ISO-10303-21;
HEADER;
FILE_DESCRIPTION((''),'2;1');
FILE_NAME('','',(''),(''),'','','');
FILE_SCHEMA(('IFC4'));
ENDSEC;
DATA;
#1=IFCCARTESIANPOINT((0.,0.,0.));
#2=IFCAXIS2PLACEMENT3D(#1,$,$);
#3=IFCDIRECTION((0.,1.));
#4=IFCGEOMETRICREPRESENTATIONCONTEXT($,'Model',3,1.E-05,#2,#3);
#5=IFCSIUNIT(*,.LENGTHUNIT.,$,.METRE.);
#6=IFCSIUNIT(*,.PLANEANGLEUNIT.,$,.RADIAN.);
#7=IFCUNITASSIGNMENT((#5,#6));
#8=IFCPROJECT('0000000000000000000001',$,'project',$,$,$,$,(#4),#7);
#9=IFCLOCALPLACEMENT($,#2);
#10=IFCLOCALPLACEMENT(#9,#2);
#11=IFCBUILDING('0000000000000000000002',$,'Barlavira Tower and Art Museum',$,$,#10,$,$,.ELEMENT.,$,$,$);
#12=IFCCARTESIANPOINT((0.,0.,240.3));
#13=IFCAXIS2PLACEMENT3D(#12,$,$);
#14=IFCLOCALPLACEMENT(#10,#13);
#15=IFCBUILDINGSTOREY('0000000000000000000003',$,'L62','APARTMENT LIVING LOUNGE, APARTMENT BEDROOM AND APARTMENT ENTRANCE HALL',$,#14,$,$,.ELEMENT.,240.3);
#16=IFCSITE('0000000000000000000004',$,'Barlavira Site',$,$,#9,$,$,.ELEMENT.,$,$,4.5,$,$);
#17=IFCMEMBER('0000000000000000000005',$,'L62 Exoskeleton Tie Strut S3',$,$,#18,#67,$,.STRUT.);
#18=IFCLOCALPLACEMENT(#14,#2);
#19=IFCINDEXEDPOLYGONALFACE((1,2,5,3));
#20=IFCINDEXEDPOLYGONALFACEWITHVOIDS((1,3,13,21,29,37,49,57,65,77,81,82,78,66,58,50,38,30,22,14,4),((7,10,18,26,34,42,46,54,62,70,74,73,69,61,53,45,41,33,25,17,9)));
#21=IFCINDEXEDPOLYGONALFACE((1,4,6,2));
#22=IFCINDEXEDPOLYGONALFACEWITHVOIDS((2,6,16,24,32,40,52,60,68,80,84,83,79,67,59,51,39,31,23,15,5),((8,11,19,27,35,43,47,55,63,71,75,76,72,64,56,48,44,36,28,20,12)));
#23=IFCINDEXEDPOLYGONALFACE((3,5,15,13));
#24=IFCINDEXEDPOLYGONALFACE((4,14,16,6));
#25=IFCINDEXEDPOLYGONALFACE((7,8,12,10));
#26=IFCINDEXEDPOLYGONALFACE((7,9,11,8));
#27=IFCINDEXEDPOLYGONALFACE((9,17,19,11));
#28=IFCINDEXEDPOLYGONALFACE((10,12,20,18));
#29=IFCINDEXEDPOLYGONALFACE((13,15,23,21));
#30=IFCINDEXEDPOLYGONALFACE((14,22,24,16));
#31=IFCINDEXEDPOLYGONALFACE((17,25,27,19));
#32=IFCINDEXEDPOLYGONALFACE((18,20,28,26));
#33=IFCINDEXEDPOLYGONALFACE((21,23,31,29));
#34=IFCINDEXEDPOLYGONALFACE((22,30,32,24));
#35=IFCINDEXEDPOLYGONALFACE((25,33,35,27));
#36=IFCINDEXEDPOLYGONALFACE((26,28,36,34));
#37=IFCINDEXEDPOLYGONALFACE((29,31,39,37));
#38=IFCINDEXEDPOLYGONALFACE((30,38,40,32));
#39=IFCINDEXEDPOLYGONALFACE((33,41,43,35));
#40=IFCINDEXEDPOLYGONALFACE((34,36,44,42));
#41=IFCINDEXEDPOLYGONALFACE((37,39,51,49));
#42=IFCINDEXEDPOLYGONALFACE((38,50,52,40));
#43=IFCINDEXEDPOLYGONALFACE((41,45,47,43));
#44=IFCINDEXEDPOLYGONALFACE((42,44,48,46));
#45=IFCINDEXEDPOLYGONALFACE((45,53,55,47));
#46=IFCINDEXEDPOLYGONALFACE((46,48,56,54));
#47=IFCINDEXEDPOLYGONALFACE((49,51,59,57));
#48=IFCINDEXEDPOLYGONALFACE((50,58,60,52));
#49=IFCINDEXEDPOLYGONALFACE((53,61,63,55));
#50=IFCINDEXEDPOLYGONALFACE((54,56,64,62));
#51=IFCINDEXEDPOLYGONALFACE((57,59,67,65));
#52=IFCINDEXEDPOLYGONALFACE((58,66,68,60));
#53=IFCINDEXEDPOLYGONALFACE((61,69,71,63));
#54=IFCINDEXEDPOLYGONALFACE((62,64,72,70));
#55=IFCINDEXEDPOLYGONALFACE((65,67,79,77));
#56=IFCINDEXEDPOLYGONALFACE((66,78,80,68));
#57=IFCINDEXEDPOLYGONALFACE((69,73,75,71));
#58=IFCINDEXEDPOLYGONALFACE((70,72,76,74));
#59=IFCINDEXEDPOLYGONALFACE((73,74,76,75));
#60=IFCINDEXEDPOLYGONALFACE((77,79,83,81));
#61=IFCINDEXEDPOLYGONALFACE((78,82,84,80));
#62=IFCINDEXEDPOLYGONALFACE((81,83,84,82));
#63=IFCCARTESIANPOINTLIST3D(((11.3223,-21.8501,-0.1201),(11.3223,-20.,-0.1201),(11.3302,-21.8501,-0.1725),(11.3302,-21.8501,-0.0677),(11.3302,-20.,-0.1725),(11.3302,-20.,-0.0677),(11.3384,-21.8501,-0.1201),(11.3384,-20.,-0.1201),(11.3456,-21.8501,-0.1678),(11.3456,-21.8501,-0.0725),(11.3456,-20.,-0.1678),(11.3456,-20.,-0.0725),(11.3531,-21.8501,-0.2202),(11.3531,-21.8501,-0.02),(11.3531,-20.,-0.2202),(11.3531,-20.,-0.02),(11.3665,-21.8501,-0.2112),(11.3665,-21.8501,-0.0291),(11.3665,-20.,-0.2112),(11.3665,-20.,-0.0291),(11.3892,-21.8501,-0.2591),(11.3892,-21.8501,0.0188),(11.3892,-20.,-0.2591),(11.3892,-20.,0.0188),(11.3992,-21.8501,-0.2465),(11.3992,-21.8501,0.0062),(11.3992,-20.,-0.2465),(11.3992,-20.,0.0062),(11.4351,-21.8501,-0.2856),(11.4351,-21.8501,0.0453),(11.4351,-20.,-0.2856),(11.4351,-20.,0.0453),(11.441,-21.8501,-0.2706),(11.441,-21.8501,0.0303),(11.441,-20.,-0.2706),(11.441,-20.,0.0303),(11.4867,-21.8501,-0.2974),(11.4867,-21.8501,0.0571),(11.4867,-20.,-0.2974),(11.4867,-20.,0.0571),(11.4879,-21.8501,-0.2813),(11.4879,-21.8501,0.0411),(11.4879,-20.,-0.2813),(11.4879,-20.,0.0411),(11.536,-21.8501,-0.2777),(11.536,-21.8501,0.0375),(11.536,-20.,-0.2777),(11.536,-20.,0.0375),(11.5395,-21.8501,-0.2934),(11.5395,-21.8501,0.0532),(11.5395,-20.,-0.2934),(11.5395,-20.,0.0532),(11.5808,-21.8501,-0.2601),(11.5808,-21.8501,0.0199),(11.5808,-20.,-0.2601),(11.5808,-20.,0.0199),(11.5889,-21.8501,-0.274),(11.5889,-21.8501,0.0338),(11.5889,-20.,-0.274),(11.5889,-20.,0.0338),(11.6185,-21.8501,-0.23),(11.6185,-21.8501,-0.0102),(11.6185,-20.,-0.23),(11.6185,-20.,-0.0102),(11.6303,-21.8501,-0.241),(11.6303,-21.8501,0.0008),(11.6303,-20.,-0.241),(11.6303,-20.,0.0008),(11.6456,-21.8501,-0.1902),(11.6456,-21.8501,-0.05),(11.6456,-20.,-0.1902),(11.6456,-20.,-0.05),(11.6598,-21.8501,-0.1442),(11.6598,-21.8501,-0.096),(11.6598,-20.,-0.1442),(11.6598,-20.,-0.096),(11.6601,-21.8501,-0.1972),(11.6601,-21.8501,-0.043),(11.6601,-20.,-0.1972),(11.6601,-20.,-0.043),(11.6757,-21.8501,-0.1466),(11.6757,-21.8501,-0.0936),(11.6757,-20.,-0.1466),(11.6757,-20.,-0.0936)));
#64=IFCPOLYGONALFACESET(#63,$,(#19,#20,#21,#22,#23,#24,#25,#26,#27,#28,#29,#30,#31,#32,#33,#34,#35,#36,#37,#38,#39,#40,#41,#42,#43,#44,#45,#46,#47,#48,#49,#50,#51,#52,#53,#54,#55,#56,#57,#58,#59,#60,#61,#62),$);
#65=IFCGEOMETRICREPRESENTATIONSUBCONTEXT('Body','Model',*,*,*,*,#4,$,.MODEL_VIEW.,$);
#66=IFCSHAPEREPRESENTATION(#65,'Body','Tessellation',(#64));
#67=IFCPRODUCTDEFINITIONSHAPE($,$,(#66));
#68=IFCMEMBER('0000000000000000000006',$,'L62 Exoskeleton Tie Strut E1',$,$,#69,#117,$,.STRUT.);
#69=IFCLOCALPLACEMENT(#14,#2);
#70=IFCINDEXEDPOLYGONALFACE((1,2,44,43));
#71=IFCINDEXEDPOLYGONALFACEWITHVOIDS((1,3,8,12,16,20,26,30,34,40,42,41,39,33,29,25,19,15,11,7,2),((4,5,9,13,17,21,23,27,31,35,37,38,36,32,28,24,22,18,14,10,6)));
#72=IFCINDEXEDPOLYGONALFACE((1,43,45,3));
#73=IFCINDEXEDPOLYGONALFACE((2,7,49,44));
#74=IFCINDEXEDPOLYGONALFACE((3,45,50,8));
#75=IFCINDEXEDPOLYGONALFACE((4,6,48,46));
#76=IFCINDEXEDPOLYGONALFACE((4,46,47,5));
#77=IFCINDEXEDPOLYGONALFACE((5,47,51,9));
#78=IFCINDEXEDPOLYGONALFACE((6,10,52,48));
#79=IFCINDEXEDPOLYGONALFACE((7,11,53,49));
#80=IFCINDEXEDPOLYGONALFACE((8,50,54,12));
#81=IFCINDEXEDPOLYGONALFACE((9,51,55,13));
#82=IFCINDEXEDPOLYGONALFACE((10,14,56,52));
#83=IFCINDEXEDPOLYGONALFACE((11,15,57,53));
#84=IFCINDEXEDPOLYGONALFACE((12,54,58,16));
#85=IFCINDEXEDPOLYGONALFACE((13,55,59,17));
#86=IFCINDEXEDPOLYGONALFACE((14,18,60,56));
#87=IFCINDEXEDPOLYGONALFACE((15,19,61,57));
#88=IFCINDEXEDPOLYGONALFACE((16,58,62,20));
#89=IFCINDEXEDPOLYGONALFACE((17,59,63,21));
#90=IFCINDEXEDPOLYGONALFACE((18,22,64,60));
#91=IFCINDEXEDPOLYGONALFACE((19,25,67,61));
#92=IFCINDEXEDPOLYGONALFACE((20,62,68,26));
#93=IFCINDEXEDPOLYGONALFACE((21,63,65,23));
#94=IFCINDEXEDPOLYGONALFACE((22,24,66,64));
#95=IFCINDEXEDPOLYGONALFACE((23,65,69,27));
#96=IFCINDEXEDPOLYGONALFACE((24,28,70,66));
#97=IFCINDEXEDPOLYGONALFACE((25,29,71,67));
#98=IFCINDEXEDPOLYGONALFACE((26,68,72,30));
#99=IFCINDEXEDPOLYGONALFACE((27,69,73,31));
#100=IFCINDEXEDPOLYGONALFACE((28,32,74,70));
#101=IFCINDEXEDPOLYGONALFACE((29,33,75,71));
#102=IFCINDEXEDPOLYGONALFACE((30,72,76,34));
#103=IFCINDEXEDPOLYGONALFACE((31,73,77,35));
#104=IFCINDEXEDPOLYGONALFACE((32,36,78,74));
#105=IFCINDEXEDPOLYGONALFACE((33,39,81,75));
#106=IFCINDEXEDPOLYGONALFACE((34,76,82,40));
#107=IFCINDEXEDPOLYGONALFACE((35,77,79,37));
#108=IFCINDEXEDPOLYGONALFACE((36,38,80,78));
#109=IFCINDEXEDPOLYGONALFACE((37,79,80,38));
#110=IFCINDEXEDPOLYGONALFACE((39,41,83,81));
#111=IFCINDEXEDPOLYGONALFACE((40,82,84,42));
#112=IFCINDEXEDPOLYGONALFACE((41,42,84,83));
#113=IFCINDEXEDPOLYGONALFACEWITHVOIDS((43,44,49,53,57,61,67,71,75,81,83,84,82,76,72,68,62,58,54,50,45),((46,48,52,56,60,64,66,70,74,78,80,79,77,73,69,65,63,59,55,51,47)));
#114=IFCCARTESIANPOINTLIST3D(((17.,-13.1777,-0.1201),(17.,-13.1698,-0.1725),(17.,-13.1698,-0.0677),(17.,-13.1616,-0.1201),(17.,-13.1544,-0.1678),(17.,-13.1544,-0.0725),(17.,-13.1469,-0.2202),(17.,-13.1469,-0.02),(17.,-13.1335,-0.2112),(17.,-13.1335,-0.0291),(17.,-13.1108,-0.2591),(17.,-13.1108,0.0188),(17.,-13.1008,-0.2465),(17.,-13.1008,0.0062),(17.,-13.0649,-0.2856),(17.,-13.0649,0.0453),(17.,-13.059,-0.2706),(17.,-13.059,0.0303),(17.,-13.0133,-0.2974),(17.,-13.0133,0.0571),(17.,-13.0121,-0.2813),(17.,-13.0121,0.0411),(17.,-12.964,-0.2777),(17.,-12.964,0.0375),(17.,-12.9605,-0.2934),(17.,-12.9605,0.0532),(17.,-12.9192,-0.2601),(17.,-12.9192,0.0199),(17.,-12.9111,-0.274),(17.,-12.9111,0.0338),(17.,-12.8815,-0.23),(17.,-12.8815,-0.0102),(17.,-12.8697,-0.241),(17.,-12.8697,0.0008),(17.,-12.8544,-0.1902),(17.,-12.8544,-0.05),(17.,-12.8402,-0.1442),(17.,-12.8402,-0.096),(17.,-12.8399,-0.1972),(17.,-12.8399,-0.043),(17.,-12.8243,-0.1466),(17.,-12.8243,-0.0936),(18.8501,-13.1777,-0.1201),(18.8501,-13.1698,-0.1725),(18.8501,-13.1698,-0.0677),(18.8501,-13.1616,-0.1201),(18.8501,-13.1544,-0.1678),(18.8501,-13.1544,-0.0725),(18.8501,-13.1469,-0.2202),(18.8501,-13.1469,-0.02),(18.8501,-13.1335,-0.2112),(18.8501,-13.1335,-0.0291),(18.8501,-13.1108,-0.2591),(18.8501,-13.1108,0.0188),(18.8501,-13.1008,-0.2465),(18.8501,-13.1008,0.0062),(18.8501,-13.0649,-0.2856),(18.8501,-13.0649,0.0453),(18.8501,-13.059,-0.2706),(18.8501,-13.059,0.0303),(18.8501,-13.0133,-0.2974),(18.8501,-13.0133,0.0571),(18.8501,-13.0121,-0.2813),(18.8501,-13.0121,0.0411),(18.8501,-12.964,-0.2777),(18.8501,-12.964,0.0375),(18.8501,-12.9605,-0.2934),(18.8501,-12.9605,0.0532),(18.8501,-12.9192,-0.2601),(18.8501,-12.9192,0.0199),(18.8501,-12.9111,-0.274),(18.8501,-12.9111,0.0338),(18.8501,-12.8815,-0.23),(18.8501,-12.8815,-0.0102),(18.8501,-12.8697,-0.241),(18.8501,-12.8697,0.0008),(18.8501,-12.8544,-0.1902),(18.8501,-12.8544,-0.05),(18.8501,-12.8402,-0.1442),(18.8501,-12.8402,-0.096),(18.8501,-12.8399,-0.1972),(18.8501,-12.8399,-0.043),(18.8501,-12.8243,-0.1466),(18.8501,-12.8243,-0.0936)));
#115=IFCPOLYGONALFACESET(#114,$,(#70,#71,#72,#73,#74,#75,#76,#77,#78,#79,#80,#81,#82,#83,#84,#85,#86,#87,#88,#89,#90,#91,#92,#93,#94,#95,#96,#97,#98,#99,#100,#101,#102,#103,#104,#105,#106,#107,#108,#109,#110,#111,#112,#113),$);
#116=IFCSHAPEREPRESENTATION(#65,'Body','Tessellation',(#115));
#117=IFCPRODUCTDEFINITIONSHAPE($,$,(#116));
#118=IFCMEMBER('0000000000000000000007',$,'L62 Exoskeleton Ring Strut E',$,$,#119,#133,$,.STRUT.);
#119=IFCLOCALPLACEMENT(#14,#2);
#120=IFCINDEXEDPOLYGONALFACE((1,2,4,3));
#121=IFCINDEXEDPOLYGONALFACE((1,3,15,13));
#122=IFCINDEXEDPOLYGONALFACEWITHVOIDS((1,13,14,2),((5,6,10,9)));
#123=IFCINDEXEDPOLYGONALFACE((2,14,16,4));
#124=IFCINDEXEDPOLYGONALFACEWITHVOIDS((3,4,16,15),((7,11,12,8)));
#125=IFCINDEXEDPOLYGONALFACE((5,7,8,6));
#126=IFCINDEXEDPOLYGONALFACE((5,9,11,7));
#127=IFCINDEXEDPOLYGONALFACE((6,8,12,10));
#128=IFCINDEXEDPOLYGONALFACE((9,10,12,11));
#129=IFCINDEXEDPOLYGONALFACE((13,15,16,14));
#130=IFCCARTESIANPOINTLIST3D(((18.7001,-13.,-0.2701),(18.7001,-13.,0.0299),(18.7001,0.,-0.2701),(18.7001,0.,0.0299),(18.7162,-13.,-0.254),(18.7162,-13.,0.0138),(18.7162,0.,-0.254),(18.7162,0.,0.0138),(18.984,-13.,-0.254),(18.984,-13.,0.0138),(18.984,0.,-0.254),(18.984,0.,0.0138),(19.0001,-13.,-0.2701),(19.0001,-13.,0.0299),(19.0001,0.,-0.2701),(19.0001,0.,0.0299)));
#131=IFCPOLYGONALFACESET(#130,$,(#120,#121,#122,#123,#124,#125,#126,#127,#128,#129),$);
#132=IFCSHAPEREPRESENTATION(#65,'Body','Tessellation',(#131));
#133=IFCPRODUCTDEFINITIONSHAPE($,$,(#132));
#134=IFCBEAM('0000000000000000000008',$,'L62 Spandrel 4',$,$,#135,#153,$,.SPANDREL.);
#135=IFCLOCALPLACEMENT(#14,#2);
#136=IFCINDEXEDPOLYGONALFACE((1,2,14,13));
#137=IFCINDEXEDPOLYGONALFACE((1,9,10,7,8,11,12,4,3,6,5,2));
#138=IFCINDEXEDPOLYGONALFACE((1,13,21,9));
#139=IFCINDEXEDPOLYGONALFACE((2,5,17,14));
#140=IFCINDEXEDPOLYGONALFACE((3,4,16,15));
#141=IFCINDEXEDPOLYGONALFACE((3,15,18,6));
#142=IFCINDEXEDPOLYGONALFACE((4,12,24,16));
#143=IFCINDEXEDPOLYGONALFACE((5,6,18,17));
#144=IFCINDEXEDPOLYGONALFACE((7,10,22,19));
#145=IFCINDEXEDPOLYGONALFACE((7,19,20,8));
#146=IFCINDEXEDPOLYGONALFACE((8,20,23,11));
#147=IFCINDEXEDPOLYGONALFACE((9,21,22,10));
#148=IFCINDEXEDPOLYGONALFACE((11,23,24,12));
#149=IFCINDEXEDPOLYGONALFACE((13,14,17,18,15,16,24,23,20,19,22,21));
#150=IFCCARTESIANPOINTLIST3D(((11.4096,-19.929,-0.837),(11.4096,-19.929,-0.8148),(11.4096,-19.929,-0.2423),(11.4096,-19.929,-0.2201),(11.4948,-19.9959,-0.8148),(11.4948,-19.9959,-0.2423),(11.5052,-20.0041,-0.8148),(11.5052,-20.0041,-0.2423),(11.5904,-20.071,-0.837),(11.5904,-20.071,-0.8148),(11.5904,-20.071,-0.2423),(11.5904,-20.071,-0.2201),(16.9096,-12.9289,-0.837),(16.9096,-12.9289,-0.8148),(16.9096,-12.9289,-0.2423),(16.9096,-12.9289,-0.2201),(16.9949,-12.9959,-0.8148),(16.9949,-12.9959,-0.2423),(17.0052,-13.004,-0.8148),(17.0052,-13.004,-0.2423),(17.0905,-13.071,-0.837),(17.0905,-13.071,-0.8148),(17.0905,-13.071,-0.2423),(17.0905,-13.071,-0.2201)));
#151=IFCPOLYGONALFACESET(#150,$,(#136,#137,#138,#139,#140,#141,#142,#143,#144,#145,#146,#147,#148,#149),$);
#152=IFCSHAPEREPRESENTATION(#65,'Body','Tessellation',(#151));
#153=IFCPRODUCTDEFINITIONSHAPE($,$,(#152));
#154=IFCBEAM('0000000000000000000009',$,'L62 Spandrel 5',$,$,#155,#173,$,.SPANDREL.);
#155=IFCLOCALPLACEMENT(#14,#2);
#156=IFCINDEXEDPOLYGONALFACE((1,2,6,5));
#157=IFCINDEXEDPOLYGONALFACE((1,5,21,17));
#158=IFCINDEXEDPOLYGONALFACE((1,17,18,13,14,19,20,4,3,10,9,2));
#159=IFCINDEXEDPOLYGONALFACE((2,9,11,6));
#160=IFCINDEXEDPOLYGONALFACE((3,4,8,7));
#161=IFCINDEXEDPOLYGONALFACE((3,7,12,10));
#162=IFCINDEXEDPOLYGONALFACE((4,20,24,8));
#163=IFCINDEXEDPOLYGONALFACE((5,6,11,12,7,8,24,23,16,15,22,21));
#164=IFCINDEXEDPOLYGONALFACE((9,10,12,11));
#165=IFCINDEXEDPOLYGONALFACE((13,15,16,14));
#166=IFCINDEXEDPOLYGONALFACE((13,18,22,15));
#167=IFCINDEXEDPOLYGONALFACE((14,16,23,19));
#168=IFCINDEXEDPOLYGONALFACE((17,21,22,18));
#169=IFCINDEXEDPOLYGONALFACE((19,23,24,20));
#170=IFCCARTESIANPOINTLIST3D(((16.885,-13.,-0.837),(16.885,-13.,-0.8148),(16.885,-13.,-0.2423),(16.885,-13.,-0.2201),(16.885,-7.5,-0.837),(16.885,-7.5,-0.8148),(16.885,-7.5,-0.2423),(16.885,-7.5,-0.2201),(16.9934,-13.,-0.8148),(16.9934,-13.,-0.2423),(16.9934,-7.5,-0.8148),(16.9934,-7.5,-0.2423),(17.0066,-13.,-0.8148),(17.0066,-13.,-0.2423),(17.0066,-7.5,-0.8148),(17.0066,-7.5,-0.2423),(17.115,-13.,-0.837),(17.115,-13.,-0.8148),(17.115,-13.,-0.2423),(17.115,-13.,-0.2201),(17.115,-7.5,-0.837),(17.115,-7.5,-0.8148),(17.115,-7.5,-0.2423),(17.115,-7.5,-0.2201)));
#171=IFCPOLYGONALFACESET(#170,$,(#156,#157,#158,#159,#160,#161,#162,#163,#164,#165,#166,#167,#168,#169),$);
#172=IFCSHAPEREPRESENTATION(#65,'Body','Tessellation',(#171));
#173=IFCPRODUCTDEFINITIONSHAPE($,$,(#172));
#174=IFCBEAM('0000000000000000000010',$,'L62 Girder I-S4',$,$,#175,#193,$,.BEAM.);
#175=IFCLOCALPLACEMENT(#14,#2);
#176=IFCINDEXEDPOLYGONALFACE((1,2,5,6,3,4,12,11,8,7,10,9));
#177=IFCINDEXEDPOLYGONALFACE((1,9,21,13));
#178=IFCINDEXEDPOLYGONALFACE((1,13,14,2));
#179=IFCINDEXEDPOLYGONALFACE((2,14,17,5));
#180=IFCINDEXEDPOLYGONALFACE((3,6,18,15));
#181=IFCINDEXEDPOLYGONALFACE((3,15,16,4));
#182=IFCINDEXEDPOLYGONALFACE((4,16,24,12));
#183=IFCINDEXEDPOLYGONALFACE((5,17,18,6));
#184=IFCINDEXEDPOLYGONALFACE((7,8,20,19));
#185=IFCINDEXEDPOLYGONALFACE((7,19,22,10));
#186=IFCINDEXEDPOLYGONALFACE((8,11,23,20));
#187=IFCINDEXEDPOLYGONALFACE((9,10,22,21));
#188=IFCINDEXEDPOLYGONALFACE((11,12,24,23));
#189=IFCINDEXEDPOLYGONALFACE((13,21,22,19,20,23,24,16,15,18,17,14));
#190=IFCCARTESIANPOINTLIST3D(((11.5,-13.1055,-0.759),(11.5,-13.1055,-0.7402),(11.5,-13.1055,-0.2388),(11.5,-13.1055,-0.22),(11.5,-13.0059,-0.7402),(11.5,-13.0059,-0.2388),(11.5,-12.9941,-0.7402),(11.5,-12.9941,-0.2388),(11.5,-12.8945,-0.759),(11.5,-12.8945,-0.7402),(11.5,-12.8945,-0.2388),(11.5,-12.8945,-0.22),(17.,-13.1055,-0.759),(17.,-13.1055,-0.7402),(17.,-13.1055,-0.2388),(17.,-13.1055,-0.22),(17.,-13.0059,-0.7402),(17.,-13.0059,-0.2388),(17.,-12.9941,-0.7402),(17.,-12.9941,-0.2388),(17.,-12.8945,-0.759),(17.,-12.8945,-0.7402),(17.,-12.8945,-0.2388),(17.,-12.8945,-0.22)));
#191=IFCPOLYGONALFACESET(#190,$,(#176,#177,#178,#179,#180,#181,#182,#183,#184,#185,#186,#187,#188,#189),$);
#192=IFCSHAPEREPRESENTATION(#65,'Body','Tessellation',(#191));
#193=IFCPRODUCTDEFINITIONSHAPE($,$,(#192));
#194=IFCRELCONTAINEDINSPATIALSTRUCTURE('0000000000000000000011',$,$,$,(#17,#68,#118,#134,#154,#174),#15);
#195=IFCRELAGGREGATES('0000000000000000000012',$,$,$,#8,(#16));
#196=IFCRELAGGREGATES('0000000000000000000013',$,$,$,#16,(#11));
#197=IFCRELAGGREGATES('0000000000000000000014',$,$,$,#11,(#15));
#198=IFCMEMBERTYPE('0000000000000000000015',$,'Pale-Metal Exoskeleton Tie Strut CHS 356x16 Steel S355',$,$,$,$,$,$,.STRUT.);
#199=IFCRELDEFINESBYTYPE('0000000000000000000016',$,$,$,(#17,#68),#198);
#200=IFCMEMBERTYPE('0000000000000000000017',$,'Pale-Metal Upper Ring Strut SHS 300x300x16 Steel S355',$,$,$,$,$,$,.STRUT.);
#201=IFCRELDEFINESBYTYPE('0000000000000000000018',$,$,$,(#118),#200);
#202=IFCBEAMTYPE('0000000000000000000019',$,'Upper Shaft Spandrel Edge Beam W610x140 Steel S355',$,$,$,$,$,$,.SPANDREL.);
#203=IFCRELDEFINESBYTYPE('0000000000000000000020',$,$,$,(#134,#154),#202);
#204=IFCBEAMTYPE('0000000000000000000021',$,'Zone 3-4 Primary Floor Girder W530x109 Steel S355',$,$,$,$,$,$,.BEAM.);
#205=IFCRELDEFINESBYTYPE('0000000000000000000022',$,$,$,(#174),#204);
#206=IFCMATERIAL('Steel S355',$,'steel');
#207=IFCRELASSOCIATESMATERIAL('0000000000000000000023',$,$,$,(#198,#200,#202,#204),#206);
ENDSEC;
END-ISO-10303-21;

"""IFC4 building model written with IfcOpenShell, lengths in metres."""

from ifc_helpers import new_model, si_unit, direction, frame, origin, origin_2d, place, context, subcontext, project, spatial, hollow_rectangle, hollow_circle, i_section, extrude, material, material_profile, profile_set, type_object, element, save


model = new_model("IFC4")

# Units and contexts
model_context = context("Model", 3, precision=1e-05, world=origin(), true_north=direction((0.0, 1.0)))
body_context = subcontext(model_context, "Body", "Model", "MODEL_VIEW")
ifc_project = project(units=[si_unit("LENGTHUNIT", "METRE"), si_unit("PLANEANGLEUNIT", "RADIAN")], contexts=[model_context])

# Site, building, storey
site_placement = place(None, origin())
site = spatial("IfcSite", under=ifc_project, at=site_placement, Name="Barlavira Site", CompositionType="ELEMENT", RefElevation=4.5)
building_placement = place(site_placement, origin())
building = spatial("IfcBuilding", under=site, at=building_placement, Name="Barlavira Tower and Art Museum", CompositionType="ELEMENT")
storey_placement = place(building_placement, frame((0.0, 0.0, 240.3)))
storey = spatial("IfcBuildingStorey", under=building, at=storey_placement, Name="L62", Description="APARTMENT LIVING LOUNGE, APARTMENT BEDROOM AND APARTMENT ENTRANCE HALL", CompositionType="ELEMENT", Elevation=240.3)

# Members
ifc_material_1 = material(Name="Steel S355", Category="steel")
ifc_material_profile_1 = material_profile(ifc_material_1, hollow_circle(Radius=0.1777, WallThickness=0.0161, at=origin_2d()), Name="CHS 355.6x16.0")
ifc_profile_set_1 = profile_set([ifc_material_profile_1], Name="Steel S355")
member_type_1 = type_object("IfcMemberType", Name="Pale-Metal Exoskeleton Tie Strut CHS 356x16 Steel S355", PredefinedType="STRUT", material=ifc_profile_set_1)
for number, where, z_axis, x_axis, name in (
    (1, (11.5, -21.8501, -0.1201), (0.0, 1.0, 0.0), (-1.0, 0.0, 0.0), "L62 Exoskeleton Tie Strut S3"),
    (2, (18.8501, -13.0, -0.1201), (-1.0, 0.0, 0.0), (0.0, -1.0, 0.0), "L62 Exoskeleton Tie Strut E1"),
):
    element("IfcMember", number, at=place(storey_placement, frame(where, z_axis=z_axis, x_axis=x_axis)), inside=storey, type_object=member_type_1, Name=name, PredefinedType="STRUT", context=body_context, shape_type="SweptSolid", body=[
        extrude(hollow_circle(Radius=0.1777, WallThickness=0.0161, at=origin_2d()), origin(), (0.0, 0.0, 1.0), 1.8501),
    ])
ifc_material_profile_2 = material_profile(ifc_material_1, hollow_rectangle(XDim=0.3, YDim=0.3, WallThickness=0.0161, at=origin_2d()), Name="SHS 300x300x16.0")
ifc_profile_set_2 = profile_set([ifc_material_profile_2], Name="Steel S355")
member_type_2 = type_object("IfcMemberType", Name="Pale-Metal Upper Ring Strut SHS 300x300x16 Steel S355", PredefinedType="STRUT", material=ifc_profile_set_2)
member_1_placement = place(storey_placement, frame((18.8501, -13.0, -0.1201), z_axis=(0.0, 1.0, 0.0), x_axis=(-1.0, 0.0, 0.0)))
element("IfcMember", 3, at=member_1_placement, inside=storey, type_object=member_type_2, Name="L62 Exoskeleton Ring Strut E", PredefinedType="STRUT", context=body_context, shape_type="SweptSolid", body=[
    extrude(hollow_rectangle(XDim=0.3, YDim=0.3, WallThickness=0.0161, at=origin_2d()), origin(), (0.0, 0.0, 1.0), 13.0),
])

# Beams
ifc_material_profile_3 = material_profile(ifc_material_1, i_section(OverallWidth=0.23, OverallDepth=0.6169, WebThickness=0.0132, FlangeThickness=0.0222, at=origin_2d()), Name="W610x140.0")
ifc_profile_set_3 = profile_set([ifc_material_profile_3], Name="Steel S355")
beam_type_1 = type_object("IfcBeamType", Name="Upper Shaft Spandrel Edge Beam W610x140 Steel S355", PredefinedType="SPANDREL", material=ifc_profile_set_3)
beam_1_placement = place(storey_placement, frame((11.5, -20.0, -0.5286), z_axis=(0.617822, 0.786318, 0.0), x_axis=(-0.786318, 0.617822, 0.0)))
element("IfcBeam", 4, at=beam_1_placement, inside=storey, type_object=beam_type_1, Name="L62 Spandrel 4", PredefinedType="SPANDREL", context=body_context, shape_type="SweptSolid", body=[
    extrude(i_section(OverallWidth=0.23, OverallDepth=0.6169, WebThickness=0.0132, FlangeThickness=0.0222, at=origin_2d()), origin(), (0.0, 0.0, 1.0), 8.9023),
])
beam_2_placement = place(storey_placement, frame((17.0, -13.0, -0.5286), z_axis=(0.0, 1.0, 0.0), x_axis=(-1.0, 0.0, 0.0)))
element("IfcBeam", 5, at=beam_2_placement, inside=storey, type_object=beam_type_1, Name="L62 Spandrel 5", PredefinedType="SPANDREL", context=body_context, shape_type="SweptSolid", body=[
    extrude(i_section(OverallWidth=0.23, OverallDepth=0.6169, WebThickness=0.0132, FlangeThickness=0.0222, at=origin_2d()), origin(), (0.0, 0.0, 1.0), 5.5),
])
ifc_material_profile_4 = material_profile(ifc_material_1, i_section(OverallWidth=0.2109, OverallDepth=0.5391, WebThickness=0.0117, FlangeThickness=0.0188, at=origin_2d()), Name="W530x109.0")
ifc_profile_set_4 = profile_set([ifc_material_profile_4], Name="Steel S355")
beam_type_2 = type_object("IfcBeamType", Name="Zone 3-4 Primary Floor Girder W530x109 Steel S355", PredefinedType="BEAM", material=ifc_profile_set_4)
beam_3_placement = place(storey_placement, frame((11.5, -13.0, -0.4895), z_axis=(1.0, 0.0, 0.0), x_axis=(0.0, 1.0, 0.0)))
element("IfcBeam", 6, at=beam_3_placement, inside=storey, type_object=beam_type_2, Name="L62 Girder I-S4", PredefinedType="BEAM", context=body_context, shape_type="SweptSolid", body=[
    extrude(i_section(OverallWidth=0.2109, OverallDepth=0.5391, WebThickness=0.0117, FlangeThickness=0.0188, at=origin_2d()), origin(), (0.0, 0.0, 1.0), 5.5),
])

save(model, "model.ifc")
